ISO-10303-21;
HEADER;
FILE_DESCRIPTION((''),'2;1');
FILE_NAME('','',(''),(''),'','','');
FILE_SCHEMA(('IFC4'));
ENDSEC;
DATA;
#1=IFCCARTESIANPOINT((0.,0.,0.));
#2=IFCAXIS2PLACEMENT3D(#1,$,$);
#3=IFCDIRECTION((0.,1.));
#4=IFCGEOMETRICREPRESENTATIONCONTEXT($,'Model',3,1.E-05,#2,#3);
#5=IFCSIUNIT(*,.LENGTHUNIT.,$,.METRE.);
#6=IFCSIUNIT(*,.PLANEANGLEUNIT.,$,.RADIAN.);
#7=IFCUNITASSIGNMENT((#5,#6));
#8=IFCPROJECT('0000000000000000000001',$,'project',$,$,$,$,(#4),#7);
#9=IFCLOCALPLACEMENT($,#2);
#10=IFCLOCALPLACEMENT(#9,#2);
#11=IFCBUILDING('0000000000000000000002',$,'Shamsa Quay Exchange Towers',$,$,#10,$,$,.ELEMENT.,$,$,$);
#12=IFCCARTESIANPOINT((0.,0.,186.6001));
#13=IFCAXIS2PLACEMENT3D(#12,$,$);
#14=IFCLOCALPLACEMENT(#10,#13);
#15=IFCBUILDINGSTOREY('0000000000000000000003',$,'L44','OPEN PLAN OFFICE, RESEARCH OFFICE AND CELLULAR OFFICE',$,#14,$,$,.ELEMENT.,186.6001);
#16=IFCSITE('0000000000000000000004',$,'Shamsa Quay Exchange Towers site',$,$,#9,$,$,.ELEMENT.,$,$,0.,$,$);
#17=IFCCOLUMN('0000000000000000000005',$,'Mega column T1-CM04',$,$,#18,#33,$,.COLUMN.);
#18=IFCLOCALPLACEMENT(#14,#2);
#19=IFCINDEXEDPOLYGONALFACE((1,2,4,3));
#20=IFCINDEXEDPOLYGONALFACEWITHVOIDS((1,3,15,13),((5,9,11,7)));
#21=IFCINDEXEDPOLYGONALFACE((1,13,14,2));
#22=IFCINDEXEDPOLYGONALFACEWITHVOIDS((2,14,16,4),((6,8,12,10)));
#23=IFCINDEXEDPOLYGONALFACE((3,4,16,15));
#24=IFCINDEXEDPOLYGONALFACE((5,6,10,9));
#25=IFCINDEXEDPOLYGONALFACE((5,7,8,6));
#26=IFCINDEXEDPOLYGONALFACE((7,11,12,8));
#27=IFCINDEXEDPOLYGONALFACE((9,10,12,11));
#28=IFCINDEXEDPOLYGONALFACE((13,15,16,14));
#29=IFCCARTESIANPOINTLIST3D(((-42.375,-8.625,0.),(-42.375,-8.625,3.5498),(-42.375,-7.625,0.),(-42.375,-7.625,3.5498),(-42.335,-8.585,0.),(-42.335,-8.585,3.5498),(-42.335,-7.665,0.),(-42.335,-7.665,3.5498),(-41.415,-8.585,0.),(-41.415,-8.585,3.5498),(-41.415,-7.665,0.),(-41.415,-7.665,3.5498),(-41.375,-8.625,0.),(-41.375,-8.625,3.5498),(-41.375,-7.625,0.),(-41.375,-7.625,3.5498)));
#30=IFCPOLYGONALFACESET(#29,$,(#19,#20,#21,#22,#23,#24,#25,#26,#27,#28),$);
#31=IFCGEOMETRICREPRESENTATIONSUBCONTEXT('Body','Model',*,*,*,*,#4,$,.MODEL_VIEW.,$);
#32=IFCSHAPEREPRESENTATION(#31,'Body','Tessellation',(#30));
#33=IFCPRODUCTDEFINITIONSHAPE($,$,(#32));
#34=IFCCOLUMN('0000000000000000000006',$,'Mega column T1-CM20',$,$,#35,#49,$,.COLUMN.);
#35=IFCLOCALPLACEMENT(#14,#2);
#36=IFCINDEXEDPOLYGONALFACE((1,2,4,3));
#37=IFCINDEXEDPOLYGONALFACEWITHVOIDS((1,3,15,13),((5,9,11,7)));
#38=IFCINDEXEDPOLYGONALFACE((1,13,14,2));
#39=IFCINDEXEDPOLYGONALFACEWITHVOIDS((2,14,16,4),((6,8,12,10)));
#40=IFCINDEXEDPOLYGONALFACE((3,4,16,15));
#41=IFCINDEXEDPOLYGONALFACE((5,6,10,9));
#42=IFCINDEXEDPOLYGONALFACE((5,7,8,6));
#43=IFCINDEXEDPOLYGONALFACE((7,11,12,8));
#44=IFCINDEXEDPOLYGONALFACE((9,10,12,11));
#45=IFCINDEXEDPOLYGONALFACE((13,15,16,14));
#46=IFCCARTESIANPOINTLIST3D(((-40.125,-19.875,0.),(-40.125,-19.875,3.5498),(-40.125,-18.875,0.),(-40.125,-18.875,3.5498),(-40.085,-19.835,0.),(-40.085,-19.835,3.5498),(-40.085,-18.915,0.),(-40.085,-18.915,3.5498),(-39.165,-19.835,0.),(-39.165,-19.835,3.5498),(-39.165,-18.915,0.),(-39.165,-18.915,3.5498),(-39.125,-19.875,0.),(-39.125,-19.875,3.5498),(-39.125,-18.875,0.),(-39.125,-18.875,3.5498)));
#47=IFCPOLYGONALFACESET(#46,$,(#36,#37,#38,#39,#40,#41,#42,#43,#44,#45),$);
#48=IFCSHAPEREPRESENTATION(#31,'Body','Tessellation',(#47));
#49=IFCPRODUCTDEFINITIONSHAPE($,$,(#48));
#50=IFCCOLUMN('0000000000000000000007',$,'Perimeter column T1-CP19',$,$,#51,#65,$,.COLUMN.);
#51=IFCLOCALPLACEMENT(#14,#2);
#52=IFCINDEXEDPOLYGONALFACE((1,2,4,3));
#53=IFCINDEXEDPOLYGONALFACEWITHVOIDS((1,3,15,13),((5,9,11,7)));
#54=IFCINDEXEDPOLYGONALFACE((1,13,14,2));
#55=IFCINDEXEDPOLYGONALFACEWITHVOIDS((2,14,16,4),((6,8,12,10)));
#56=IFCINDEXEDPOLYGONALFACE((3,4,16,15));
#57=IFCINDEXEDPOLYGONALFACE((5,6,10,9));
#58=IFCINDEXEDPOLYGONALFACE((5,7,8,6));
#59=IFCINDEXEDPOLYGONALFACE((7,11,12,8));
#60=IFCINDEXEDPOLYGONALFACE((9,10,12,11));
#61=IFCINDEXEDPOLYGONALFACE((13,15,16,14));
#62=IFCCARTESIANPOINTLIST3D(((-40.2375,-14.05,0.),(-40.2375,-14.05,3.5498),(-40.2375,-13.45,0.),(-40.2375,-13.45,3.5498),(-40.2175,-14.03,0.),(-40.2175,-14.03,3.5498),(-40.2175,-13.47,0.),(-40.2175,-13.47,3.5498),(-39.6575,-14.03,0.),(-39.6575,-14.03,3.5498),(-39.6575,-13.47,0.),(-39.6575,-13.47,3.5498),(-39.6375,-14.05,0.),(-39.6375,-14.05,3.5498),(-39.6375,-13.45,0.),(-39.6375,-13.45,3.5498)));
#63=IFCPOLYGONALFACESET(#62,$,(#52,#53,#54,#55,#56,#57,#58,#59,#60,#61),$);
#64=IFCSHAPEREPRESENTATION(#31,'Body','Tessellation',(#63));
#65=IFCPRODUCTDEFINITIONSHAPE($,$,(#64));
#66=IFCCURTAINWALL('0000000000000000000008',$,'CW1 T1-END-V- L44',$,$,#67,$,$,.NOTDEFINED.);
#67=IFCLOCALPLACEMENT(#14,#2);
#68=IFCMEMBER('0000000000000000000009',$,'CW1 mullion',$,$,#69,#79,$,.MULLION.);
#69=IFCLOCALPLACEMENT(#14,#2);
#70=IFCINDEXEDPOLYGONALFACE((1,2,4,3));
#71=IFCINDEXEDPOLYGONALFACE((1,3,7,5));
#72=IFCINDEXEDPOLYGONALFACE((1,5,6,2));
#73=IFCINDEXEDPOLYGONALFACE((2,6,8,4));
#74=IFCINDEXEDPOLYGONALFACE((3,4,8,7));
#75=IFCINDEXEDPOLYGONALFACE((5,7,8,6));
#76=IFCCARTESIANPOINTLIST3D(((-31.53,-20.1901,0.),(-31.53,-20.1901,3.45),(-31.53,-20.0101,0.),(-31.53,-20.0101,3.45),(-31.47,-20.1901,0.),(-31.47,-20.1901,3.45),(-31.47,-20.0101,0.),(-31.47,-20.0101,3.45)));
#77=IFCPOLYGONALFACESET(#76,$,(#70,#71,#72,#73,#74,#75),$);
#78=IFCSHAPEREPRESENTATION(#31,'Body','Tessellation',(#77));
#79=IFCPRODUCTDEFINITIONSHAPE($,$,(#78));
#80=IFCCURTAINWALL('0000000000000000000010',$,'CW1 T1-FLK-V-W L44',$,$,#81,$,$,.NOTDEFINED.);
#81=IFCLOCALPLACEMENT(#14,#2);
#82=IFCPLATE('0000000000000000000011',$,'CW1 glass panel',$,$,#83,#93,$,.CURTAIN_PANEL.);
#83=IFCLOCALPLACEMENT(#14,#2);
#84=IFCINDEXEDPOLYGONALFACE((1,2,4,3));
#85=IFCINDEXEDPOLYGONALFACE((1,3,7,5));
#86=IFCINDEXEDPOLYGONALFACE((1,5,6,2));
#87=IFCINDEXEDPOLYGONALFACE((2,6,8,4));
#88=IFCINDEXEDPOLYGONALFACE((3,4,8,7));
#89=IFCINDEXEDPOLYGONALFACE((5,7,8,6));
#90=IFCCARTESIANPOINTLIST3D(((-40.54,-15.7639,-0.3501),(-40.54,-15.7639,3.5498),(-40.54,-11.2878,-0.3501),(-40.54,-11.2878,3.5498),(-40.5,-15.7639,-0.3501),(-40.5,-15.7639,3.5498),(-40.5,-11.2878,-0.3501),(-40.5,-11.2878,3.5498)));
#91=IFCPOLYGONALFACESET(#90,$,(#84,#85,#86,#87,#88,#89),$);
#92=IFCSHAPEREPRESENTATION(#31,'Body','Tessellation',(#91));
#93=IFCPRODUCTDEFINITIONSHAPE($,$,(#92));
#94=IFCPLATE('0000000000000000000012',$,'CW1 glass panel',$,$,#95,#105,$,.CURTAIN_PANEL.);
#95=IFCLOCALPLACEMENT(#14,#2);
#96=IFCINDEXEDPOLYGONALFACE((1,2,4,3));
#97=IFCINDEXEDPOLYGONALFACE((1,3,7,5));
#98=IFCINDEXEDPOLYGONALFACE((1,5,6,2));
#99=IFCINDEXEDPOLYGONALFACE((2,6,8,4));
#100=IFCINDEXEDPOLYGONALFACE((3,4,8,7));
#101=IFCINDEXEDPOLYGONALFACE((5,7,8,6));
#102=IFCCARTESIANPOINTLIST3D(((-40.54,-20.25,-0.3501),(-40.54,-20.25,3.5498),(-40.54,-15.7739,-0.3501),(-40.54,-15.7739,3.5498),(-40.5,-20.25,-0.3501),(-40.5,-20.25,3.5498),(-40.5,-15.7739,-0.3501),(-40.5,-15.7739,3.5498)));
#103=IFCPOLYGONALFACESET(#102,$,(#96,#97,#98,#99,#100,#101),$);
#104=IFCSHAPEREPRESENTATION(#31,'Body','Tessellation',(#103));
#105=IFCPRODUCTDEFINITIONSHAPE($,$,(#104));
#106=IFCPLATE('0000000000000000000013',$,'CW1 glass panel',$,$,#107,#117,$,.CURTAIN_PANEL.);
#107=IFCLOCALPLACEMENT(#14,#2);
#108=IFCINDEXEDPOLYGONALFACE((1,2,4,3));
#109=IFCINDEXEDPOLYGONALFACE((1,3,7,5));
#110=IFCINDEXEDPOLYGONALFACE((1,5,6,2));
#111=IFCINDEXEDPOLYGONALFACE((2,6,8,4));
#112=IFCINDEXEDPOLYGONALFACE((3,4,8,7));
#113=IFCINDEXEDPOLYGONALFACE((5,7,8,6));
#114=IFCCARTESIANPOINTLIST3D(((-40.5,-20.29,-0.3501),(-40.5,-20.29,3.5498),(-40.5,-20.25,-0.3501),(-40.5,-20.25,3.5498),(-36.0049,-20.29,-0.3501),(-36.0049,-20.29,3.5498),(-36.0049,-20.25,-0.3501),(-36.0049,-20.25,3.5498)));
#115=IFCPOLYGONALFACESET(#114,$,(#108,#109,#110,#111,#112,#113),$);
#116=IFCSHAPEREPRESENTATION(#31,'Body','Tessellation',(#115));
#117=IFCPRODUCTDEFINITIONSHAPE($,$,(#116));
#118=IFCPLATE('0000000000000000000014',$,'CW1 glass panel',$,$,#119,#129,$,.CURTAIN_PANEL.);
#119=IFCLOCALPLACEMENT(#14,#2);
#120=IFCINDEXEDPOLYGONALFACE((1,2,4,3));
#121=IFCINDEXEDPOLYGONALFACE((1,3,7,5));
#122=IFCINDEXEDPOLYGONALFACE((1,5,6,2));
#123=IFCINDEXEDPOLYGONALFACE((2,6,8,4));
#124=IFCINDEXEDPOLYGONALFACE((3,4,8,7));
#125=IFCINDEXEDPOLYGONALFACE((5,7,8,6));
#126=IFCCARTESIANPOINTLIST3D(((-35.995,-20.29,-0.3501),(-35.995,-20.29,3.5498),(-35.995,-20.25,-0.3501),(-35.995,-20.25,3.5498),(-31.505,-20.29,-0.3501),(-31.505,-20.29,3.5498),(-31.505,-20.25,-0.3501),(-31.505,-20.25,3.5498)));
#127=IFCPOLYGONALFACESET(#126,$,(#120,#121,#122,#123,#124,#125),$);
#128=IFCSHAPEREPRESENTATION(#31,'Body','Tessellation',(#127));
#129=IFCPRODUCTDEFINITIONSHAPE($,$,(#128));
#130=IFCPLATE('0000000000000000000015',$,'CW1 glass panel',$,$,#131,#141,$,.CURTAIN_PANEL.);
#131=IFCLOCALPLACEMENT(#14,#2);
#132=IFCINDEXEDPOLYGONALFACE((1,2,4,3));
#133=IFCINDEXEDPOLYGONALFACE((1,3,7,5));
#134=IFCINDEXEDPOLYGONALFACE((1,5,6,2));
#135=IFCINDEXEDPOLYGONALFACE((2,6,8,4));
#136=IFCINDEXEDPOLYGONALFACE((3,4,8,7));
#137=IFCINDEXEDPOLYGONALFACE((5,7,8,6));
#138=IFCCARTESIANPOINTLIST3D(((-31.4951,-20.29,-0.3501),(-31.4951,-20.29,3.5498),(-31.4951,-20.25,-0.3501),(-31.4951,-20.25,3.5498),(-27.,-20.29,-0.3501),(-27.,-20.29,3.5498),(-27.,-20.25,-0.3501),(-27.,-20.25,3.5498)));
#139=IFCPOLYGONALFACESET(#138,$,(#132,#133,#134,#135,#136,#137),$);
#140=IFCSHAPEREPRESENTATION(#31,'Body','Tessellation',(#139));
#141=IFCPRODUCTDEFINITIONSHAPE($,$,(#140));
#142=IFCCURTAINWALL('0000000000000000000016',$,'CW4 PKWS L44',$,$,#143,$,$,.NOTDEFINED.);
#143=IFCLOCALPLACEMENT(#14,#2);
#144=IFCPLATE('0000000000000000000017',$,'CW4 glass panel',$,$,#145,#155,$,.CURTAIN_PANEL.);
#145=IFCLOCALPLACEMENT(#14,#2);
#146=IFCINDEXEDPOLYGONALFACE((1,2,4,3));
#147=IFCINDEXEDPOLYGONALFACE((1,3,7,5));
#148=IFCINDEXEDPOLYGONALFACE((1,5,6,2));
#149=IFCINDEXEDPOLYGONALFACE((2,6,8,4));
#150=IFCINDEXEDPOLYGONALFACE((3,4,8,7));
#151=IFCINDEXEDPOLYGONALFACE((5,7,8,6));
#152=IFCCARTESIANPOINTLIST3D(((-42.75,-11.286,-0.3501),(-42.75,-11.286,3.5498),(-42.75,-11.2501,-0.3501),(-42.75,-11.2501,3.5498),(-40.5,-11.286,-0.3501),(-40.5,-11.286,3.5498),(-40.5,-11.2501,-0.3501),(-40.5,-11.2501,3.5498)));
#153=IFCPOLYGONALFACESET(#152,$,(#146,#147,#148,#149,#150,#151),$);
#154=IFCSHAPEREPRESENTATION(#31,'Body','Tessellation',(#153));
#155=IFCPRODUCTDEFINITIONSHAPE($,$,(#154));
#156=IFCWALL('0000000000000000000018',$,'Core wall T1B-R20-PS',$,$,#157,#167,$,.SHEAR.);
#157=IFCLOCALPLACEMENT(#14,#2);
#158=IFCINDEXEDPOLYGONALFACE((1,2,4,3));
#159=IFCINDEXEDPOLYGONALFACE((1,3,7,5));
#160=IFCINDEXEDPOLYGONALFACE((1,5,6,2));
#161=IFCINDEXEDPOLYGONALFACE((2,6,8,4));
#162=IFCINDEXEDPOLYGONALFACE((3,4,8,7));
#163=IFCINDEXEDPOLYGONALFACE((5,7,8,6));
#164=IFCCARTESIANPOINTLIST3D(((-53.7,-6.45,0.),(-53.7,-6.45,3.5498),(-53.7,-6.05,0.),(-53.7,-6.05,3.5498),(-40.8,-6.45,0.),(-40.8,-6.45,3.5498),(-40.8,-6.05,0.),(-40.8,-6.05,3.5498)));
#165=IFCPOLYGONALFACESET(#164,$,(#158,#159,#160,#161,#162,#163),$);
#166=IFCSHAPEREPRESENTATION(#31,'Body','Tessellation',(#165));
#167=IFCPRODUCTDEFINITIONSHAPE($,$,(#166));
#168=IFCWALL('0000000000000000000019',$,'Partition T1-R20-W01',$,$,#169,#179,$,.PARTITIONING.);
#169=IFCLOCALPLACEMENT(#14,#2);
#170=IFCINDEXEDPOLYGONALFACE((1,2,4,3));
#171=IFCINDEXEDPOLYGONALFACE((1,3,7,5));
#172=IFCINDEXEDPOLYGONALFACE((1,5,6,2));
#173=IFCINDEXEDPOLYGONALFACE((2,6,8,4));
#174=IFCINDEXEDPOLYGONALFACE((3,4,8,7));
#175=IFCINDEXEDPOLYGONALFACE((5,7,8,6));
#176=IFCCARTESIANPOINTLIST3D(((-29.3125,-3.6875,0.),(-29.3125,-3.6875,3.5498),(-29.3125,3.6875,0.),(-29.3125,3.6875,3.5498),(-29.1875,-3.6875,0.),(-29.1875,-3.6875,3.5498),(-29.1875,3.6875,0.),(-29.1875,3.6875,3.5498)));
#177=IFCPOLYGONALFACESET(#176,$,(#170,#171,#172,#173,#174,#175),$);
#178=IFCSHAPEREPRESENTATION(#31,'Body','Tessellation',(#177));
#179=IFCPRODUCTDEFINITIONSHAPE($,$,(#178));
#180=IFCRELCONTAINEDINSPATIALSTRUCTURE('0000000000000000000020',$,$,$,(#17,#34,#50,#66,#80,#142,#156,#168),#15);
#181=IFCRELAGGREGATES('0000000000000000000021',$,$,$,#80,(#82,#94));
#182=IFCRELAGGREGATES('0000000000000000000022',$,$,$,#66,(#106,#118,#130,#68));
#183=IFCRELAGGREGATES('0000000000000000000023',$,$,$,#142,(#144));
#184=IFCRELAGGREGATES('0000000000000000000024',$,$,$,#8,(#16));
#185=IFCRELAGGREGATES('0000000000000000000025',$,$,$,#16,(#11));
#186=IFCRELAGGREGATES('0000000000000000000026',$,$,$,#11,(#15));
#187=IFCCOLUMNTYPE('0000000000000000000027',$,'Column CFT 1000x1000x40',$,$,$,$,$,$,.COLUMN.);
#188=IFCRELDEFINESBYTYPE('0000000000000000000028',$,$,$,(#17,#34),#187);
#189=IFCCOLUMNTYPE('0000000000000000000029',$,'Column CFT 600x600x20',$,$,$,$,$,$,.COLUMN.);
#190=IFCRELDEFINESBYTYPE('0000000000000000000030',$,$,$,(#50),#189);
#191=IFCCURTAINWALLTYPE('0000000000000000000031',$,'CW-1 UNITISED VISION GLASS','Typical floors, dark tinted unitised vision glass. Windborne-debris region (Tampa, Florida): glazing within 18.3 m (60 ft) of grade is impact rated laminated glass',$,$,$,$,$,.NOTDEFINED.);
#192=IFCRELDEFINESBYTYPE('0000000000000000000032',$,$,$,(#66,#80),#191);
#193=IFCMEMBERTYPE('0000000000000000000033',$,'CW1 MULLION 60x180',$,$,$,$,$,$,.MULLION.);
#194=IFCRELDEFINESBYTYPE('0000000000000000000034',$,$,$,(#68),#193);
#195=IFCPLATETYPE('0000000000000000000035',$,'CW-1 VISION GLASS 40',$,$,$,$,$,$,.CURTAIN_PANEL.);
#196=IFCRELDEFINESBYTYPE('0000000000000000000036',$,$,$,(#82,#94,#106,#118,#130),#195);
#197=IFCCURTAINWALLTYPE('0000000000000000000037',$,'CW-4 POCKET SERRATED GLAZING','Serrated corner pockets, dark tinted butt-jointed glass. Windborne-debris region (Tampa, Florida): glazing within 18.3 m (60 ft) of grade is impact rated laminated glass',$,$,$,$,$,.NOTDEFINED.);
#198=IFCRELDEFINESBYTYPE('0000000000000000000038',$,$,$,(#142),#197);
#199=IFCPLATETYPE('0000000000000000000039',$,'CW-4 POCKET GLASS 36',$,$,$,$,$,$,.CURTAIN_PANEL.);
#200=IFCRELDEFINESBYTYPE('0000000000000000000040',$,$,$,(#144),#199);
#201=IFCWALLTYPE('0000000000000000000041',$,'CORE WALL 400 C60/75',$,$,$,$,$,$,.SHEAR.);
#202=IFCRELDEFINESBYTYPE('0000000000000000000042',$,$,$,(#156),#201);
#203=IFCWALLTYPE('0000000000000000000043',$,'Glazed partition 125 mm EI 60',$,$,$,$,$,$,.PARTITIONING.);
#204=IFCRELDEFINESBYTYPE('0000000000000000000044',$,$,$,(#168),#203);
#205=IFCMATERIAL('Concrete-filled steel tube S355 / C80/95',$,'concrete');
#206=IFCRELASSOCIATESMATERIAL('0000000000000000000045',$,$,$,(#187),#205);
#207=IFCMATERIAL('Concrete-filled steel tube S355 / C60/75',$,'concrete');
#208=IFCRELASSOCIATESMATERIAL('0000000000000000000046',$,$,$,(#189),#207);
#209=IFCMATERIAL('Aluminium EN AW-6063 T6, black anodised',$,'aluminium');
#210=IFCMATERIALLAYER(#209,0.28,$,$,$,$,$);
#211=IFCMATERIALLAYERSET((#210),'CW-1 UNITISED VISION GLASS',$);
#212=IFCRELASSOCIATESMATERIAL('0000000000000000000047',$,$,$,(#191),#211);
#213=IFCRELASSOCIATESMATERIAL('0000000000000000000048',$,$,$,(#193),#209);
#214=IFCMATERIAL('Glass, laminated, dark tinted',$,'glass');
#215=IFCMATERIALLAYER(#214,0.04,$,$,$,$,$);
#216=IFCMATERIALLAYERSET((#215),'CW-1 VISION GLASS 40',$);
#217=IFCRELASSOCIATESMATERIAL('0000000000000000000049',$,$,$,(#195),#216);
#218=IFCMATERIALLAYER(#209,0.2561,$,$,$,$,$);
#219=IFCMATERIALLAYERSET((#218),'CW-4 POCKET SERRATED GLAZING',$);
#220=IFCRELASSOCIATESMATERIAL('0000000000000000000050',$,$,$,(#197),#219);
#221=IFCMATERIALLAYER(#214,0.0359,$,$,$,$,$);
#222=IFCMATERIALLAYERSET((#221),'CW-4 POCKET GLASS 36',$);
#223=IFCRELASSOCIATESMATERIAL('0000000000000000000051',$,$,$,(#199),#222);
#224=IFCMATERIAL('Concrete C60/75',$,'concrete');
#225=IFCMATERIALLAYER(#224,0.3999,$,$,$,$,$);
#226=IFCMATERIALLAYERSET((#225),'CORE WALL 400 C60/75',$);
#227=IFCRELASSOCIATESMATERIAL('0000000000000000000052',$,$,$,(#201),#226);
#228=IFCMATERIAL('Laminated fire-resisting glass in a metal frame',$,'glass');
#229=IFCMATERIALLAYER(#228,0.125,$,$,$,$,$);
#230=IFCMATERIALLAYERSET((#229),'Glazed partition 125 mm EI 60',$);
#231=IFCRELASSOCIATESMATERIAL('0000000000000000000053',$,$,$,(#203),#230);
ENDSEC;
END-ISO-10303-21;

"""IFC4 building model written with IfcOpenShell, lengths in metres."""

from ifc_helpers import new_model, si_unit, direction, frame, frame_2d, origin, origin_2d, place, context, subcontext, project, spatial, rectangle, hollow_rectangle, extrude, material, layer, layer_set, material_profile, profile_set, type_object, element, aggregate, save


model = new_model("IFC4")

# Units and contexts
model_context = context("Model", 3, precision=1e-05, world=origin(), true_north=direction((0.0, 1.0)))
body_context = subcontext(model_context, "Body", "Model", "MODEL_VIEW")
ifc_project = project(units=[si_unit("LENGTHUNIT", "METRE"), si_unit("PLANEANGLEUNIT", "RADIAN")], contexts=[model_context])

# Site, building, storey
site_placement = place(None, origin())
site = spatial("IfcSite", under=ifc_project, at=site_placement, Name="Shamsa Quay Exchange Towers site", CompositionType="ELEMENT", RefElevation=0.0)
building_placement = place(site_placement, origin())
building = spatial("IfcBuilding", under=site, at=building_placement, Name="Shamsa Quay Exchange Towers", CompositionType="ELEMENT")
storey_placement = place(building_placement, frame((0.0, 0.0, 186.6001)))
storey = spatial("IfcBuildingStorey", under=building, at=storey_placement, Name="L44", Description="OPEN PLAN OFFICE, RESEARCH OFFICE AND CELLULAR OFFICE", CompositionType="ELEMENT", Elevation=186.6001)

# Columns
ifc_material_1 = material(Name="Concrete-filled steel tube S355 / C80/95", Category="concrete")
ifc_material_profile_1 = material_profile(ifc_material_1, hollow_rectangle(XDim=1.0, YDim=1.0, WallThickness=0.04, at=origin_2d()), Name="CFT 1000x1000x40")
ifc_profile_set_1 = profile_set([ifc_material_profile_1], Name="Concrete-filled steel tube S355 / C80/95")
column_type_1 = type_object("IfcColumnType", Name="Column CFT 1000x1000x40", PredefinedType="COLUMN", material=ifc_profile_set_1)
for number, where, name in (
    (1, (-41.875, -8.125, 0.0), "Mega column T1-CM04"),
    (2, (-39.625, -19.375, 0.0), "Mega column T1-CM20"),
):
    element("IfcColumn", number, at=place(storey_placement, frame(where)), inside=storey, type_object=column_type_1, Name=name, PredefinedType="COLUMN", context=body_context, shape_type="SweptSolid", body=[
        extrude(hollow_rectangle(XDim=1.0, YDim=1.0, WallThickness=0.04, at=origin_2d()), origin(), (0.0, 0.0, 1.0), 3.5498),
    ])
ifc_material_2 = material(Name="Concrete-filled steel tube S355 / C60/75", Category="concrete")
ifc_material_profile_2 = material_profile(ifc_material_2, hollow_rectangle(XDim=0.6001, YDim=0.6001, WallThickness=0.02, at=origin_2d()), Name="CFT 600x600x20")
ifc_profile_set_2 = profile_set([ifc_material_profile_2], Name="Concrete-filled steel tube S355 / C60/75")
column_type_2 = type_object("IfcColumnType", Name="Column CFT 600x600x20", PredefinedType="COLUMN", material=ifc_profile_set_2)
column_placement = place(storey_placement, frame((-39.9375, -13.75, 0.0)))
element("IfcColumn", 3, at=column_placement, inside=storey, type_object=column_type_2, Name="Perimeter column T1-CP19", PredefinedType="COLUMN", context=body_context, shape_type="SweptSolid", body=[
    extrude(hollow_rectangle(XDim=0.6001, YDim=0.6001, WallThickness=0.02, at=origin_2d()), origin(), (0.0, 0.0, 1.0), 3.5498),
])

# Curtain wall, member
ifc_material_3 = material(Name="Aluminium EN AW-6063 T6, black anodised", Category="aluminium")
ifc_layer_1 = layer(ifc_material_3, 0.28)
ifc_layer_set_1 = layer_set([ifc_layer_1], Name="CW-1 UNITISED VISION GLASS")
curtain_wall_type_1 = type_object("IfcCurtainWallType", Name="CW-1 UNITISED VISION GLASS", Description="Typical floors, dark tinted unitised vision glass. Windborne-debris region (Tampa, Florida): glazing within 18.3 m (60 ft) of grade is impact rated laminated glass", PredefinedType="NOTDEFINED", material=ifc_layer_set_1)
curtain_wall_1_placement = place(storey_placement, origin())
curtain_wall_1 = element("IfcCurtainWall", 4, at=curtain_wall_1_placement, inside=storey, type_object=curtain_wall_type_1, Name="CW1 T1-END-V- L44", PredefinedType="NOTDEFINED")
ifc_material_profile_3 = material_profile(ifc_material_3, rectangle(XDim=0.1799, YDim=0.0601, at=origin_2d()), Name="MU60x180")
ifc_profile_set_3 = profile_set([ifc_material_profile_3], Name="Aluminium EN AW-6063 T6, black anodised")
member_type = type_object("IfcMemberType", Name="CW1 MULLION 60x180", PredefinedType="MULLION", material=ifc_profile_set_3)
member_placement = place(storey_placement, frame((-31.5, -20.1001, 0.0), z_axis=(0.0, 0.0, 1.0), x_axis=(0.0, 1.0, 0.0)))
member = element("IfcMember", 5, at=member_placement, type_object=member_type, Name="CW1 mullion", PredefinedType="MULLION", context=body_context, shape_type="SweptSolid", body=[
    extrude(rectangle(XDim=0.1799, YDim=0.0601, at=origin_2d()), origin(), (0.0, 0.0, 1.0), 3.45),
])

# Curtain wall, plates
curtain_wall_2_placement = place(storey_placement, origin())
curtain_wall_2 = element("IfcCurtainWall", 6, at=curtain_wall_2_placement, inside=storey, type_object=curtain_wall_type_1, Name="CW1 T1-FLK-V-W L44", PredefinedType="NOTDEFINED")
ifc_material_4 = material(Name="Glass, laminated, dark tinted", Category="glass")
ifc_layer_2 = layer(ifc_material_4, 0.04)
ifc_layer_set_2 = layer_set([ifc_layer_2], Name="CW-1 VISION GLASS 40")
plate_type_1 = type_object("IfcPlateType", Name="CW-1 VISION GLASS 40", PredefinedType="CURTAIN_PANEL", material=ifc_layer_set_2)
plate_1_placement = place(storey_placement, frame((-40.52, -13.5259, -0.3501), z_axis=(0.0, 0.0, 1.0), x_axis=(0.0, -1.0, 0.0)))
plate_1 = element("IfcPlate", 7, at=plate_1_placement, type_object=plate_type_1, Name="CW1 glass panel", PredefinedType="CURTAIN_PANEL", context=body_context, shape_type="SweptSolid", body=[
    extrude(rectangle(XDim=4.4761, YDim=0.04, at=origin_2d()), origin(), (0.0, 0.0, 1.0), 3.8999),
])
plate_2_placement = place(storey_placement, frame((-40.52, -18.012, -0.3501), z_axis=(0.0, 0.0, 1.0), x_axis=(0.0, -1.0, 0.0)))
plate_2 = element("IfcPlate", 8, at=plate_2_placement, type_object=plate_type_1, Name="CW1 glass panel", PredefinedType="CURTAIN_PANEL", context=body_context, shape_type="SweptSolid", body=[
    extrude(rectangle(XDim=4.4761, YDim=0.04, at=origin_2d()), origin(), (0.0, 0.0, 1.0), 3.8999),
])
aggregate(curtain_wall_2, [plate_1, plate_2])

# Plates
plate_3_placement = place(storey_placement, frame((-38.2524, -20.27, -0.3501)))
plate_3 = element("IfcPlate", 9, at=plate_3_placement, type_object=plate_type_1, Name="CW1 glass panel", PredefinedType="CURTAIN_PANEL", context=body_context, shape_type="SweptSolid", body=[
    extrude(rectangle(XDim=4.4951, YDim=0.04, at=origin_2d()), origin(), (0.0, 0.0, 1.0), 3.8999),
])
plate_4_placement = place(storey_placement, frame((-33.75, -20.27, -0.3501)))
plate_4 = element("IfcPlate", 10, at=plate_4_placement, type_object=plate_type_1, Name="CW1 glass panel", PredefinedType="CURTAIN_PANEL", context=body_context, shape_type="SweptSolid", body=[
    extrude(rectangle(XDim=4.49, YDim=0.04, at=origin_2d()), origin(), (0.0, 0.0, 1.0), 3.8999),
])
plate_5_placement = place(storey_placement, frame((-29.2476, -20.27, -0.3501)))
plate_5 = element("IfcPlate", 11, at=plate_5_placement, type_object=plate_type_1, Name="CW1 glass panel", PredefinedType="CURTAIN_PANEL", context=body_context, shape_type="SweptSolid", body=[
    extrude(rectangle(XDim=4.4951, YDim=0.04, at=origin_2d()), origin(), (0.0, 0.0, 1.0), 3.8999),
])
aggregate(curtain_wall_1, [plate_3, plate_4, plate_5, member])

# Curtain wall, plate
ifc_layer_3 = layer(ifc_material_3, 0.2561)
ifc_layer_set_3 = layer_set([ifc_layer_3], Name="CW-4 POCKET SERRATED GLAZING")
curtain_wall_type_2 = type_object("IfcCurtainWallType", Name="CW-4 POCKET SERRATED GLAZING", Description="Serrated corner pockets, dark tinted butt-jointed glass. Windborne-debris region (Tampa, Florida): glazing within 18.3 m (60 ft) of grade is impact rated laminated glass", PredefinedType="NOTDEFINED", material=ifc_layer_set_3)
curtain_wall_3_placement = place(storey_placement, origin())
curtain_wall_3 = element("IfcCurtainWall", 12, at=curtain_wall_3_placement, inside=storey, type_object=curtain_wall_type_2, Name="CW4 PKWS L44", PredefinedType="NOTDEFINED")
ifc_layer_4 = layer(ifc_material_4, 0.0359)
ifc_layer_set_4 = layer_set([ifc_layer_4], Name="CW-4 POCKET GLASS 36")
plate_type_2 = type_object("IfcPlateType", Name="CW-4 POCKET GLASS 36", PredefinedType="CURTAIN_PANEL", material=ifc_layer_set_4)
plate_6_placement = place(storey_placement, frame((-41.625, -11.2681, -0.3501)))
plate_6 = element("IfcPlate", 13, at=plate_6_placement, type_object=plate_type_2, Name="CW4 glass panel", PredefinedType="CURTAIN_PANEL", context=body_context, shape_type="SweptSolid", body=[
    extrude(rectangle(XDim=2.25, YDim=0.0359, at=origin_2d()), origin(), (0.0, 0.0, 1.0), 3.8999),
])
aggregate(curtain_wall_3, [plate_6])

# Wall
ifc_material_5 = material(Name="Concrete C60/75", Category="concrete")
ifc_layer_5 = layer(ifc_material_5, 0.3999)
ifc_layer_set_5 = layer_set([ifc_layer_5], Name="CORE WALL 400 C60/75")
wall_type_1 = type_object("IfcWallType", Name="CORE WALL 400 C60/75", PredefinedType="SHEAR", material=ifc_layer_set_5)
wall_1_placement = place(storey_placement, frame((-40.8, -6.25, 0.0), z_axis=(0.0, 0.0, 1.0), x_axis=(-1.0, 0.0, 0.0)))
element("IfcWall", 14, at=wall_1_placement, inside=storey, type_object=wall_type_1, Name="Core wall T1B-R20-PS", PredefinedType="SHEAR", context=body_context, shape_type="SweptSolid", body=[
    extrude(rectangle(XDim=12.8999, YDim=0.3999, at=frame_2d((6.45, 0.0))), origin(), (0.0, 0.0, 1.0), 3.5498),
])

# Wall
ifc_material_6 = material(Name="Laminated fire-resisting glass in a metal frame", Category="glass")
ifc_layer_6 = layer(ifc_material_6, 0.125)
ifc_layer_set_6 = layer_set([ifc_layer_6], Name="Glazed partition 125 mm EI 60")
wall_type_2 = type_object("IfcWallType", Name="Glazed partition 125 mm EI 60", PredefinedType="PARTITIONING", material=ifc_layer_set_6)
wall_2_placement = place(storey_placement, frame((-29.25, -3.6875, 0.0), z_axis=(0.0, 0.0, 1.0), x_axis=(0.0, 1.0, 0.0)))
element("IfcWall", 15, at=wall_2_placement, inside=storey, type_object=wall_type_2, Name="Partition T1-R20-W01", PredefinedType="PARTITIONING", context=body_context, shape_type="SweptSolid", body=[
    extrude(rectangle(XDim=7.375, YDim=0.125, at=frame_2d((3.6875, 0.0))), origin(), (0.0, 0.0, 1.0), 3.5498),
])

save(model, "model.ifc")
